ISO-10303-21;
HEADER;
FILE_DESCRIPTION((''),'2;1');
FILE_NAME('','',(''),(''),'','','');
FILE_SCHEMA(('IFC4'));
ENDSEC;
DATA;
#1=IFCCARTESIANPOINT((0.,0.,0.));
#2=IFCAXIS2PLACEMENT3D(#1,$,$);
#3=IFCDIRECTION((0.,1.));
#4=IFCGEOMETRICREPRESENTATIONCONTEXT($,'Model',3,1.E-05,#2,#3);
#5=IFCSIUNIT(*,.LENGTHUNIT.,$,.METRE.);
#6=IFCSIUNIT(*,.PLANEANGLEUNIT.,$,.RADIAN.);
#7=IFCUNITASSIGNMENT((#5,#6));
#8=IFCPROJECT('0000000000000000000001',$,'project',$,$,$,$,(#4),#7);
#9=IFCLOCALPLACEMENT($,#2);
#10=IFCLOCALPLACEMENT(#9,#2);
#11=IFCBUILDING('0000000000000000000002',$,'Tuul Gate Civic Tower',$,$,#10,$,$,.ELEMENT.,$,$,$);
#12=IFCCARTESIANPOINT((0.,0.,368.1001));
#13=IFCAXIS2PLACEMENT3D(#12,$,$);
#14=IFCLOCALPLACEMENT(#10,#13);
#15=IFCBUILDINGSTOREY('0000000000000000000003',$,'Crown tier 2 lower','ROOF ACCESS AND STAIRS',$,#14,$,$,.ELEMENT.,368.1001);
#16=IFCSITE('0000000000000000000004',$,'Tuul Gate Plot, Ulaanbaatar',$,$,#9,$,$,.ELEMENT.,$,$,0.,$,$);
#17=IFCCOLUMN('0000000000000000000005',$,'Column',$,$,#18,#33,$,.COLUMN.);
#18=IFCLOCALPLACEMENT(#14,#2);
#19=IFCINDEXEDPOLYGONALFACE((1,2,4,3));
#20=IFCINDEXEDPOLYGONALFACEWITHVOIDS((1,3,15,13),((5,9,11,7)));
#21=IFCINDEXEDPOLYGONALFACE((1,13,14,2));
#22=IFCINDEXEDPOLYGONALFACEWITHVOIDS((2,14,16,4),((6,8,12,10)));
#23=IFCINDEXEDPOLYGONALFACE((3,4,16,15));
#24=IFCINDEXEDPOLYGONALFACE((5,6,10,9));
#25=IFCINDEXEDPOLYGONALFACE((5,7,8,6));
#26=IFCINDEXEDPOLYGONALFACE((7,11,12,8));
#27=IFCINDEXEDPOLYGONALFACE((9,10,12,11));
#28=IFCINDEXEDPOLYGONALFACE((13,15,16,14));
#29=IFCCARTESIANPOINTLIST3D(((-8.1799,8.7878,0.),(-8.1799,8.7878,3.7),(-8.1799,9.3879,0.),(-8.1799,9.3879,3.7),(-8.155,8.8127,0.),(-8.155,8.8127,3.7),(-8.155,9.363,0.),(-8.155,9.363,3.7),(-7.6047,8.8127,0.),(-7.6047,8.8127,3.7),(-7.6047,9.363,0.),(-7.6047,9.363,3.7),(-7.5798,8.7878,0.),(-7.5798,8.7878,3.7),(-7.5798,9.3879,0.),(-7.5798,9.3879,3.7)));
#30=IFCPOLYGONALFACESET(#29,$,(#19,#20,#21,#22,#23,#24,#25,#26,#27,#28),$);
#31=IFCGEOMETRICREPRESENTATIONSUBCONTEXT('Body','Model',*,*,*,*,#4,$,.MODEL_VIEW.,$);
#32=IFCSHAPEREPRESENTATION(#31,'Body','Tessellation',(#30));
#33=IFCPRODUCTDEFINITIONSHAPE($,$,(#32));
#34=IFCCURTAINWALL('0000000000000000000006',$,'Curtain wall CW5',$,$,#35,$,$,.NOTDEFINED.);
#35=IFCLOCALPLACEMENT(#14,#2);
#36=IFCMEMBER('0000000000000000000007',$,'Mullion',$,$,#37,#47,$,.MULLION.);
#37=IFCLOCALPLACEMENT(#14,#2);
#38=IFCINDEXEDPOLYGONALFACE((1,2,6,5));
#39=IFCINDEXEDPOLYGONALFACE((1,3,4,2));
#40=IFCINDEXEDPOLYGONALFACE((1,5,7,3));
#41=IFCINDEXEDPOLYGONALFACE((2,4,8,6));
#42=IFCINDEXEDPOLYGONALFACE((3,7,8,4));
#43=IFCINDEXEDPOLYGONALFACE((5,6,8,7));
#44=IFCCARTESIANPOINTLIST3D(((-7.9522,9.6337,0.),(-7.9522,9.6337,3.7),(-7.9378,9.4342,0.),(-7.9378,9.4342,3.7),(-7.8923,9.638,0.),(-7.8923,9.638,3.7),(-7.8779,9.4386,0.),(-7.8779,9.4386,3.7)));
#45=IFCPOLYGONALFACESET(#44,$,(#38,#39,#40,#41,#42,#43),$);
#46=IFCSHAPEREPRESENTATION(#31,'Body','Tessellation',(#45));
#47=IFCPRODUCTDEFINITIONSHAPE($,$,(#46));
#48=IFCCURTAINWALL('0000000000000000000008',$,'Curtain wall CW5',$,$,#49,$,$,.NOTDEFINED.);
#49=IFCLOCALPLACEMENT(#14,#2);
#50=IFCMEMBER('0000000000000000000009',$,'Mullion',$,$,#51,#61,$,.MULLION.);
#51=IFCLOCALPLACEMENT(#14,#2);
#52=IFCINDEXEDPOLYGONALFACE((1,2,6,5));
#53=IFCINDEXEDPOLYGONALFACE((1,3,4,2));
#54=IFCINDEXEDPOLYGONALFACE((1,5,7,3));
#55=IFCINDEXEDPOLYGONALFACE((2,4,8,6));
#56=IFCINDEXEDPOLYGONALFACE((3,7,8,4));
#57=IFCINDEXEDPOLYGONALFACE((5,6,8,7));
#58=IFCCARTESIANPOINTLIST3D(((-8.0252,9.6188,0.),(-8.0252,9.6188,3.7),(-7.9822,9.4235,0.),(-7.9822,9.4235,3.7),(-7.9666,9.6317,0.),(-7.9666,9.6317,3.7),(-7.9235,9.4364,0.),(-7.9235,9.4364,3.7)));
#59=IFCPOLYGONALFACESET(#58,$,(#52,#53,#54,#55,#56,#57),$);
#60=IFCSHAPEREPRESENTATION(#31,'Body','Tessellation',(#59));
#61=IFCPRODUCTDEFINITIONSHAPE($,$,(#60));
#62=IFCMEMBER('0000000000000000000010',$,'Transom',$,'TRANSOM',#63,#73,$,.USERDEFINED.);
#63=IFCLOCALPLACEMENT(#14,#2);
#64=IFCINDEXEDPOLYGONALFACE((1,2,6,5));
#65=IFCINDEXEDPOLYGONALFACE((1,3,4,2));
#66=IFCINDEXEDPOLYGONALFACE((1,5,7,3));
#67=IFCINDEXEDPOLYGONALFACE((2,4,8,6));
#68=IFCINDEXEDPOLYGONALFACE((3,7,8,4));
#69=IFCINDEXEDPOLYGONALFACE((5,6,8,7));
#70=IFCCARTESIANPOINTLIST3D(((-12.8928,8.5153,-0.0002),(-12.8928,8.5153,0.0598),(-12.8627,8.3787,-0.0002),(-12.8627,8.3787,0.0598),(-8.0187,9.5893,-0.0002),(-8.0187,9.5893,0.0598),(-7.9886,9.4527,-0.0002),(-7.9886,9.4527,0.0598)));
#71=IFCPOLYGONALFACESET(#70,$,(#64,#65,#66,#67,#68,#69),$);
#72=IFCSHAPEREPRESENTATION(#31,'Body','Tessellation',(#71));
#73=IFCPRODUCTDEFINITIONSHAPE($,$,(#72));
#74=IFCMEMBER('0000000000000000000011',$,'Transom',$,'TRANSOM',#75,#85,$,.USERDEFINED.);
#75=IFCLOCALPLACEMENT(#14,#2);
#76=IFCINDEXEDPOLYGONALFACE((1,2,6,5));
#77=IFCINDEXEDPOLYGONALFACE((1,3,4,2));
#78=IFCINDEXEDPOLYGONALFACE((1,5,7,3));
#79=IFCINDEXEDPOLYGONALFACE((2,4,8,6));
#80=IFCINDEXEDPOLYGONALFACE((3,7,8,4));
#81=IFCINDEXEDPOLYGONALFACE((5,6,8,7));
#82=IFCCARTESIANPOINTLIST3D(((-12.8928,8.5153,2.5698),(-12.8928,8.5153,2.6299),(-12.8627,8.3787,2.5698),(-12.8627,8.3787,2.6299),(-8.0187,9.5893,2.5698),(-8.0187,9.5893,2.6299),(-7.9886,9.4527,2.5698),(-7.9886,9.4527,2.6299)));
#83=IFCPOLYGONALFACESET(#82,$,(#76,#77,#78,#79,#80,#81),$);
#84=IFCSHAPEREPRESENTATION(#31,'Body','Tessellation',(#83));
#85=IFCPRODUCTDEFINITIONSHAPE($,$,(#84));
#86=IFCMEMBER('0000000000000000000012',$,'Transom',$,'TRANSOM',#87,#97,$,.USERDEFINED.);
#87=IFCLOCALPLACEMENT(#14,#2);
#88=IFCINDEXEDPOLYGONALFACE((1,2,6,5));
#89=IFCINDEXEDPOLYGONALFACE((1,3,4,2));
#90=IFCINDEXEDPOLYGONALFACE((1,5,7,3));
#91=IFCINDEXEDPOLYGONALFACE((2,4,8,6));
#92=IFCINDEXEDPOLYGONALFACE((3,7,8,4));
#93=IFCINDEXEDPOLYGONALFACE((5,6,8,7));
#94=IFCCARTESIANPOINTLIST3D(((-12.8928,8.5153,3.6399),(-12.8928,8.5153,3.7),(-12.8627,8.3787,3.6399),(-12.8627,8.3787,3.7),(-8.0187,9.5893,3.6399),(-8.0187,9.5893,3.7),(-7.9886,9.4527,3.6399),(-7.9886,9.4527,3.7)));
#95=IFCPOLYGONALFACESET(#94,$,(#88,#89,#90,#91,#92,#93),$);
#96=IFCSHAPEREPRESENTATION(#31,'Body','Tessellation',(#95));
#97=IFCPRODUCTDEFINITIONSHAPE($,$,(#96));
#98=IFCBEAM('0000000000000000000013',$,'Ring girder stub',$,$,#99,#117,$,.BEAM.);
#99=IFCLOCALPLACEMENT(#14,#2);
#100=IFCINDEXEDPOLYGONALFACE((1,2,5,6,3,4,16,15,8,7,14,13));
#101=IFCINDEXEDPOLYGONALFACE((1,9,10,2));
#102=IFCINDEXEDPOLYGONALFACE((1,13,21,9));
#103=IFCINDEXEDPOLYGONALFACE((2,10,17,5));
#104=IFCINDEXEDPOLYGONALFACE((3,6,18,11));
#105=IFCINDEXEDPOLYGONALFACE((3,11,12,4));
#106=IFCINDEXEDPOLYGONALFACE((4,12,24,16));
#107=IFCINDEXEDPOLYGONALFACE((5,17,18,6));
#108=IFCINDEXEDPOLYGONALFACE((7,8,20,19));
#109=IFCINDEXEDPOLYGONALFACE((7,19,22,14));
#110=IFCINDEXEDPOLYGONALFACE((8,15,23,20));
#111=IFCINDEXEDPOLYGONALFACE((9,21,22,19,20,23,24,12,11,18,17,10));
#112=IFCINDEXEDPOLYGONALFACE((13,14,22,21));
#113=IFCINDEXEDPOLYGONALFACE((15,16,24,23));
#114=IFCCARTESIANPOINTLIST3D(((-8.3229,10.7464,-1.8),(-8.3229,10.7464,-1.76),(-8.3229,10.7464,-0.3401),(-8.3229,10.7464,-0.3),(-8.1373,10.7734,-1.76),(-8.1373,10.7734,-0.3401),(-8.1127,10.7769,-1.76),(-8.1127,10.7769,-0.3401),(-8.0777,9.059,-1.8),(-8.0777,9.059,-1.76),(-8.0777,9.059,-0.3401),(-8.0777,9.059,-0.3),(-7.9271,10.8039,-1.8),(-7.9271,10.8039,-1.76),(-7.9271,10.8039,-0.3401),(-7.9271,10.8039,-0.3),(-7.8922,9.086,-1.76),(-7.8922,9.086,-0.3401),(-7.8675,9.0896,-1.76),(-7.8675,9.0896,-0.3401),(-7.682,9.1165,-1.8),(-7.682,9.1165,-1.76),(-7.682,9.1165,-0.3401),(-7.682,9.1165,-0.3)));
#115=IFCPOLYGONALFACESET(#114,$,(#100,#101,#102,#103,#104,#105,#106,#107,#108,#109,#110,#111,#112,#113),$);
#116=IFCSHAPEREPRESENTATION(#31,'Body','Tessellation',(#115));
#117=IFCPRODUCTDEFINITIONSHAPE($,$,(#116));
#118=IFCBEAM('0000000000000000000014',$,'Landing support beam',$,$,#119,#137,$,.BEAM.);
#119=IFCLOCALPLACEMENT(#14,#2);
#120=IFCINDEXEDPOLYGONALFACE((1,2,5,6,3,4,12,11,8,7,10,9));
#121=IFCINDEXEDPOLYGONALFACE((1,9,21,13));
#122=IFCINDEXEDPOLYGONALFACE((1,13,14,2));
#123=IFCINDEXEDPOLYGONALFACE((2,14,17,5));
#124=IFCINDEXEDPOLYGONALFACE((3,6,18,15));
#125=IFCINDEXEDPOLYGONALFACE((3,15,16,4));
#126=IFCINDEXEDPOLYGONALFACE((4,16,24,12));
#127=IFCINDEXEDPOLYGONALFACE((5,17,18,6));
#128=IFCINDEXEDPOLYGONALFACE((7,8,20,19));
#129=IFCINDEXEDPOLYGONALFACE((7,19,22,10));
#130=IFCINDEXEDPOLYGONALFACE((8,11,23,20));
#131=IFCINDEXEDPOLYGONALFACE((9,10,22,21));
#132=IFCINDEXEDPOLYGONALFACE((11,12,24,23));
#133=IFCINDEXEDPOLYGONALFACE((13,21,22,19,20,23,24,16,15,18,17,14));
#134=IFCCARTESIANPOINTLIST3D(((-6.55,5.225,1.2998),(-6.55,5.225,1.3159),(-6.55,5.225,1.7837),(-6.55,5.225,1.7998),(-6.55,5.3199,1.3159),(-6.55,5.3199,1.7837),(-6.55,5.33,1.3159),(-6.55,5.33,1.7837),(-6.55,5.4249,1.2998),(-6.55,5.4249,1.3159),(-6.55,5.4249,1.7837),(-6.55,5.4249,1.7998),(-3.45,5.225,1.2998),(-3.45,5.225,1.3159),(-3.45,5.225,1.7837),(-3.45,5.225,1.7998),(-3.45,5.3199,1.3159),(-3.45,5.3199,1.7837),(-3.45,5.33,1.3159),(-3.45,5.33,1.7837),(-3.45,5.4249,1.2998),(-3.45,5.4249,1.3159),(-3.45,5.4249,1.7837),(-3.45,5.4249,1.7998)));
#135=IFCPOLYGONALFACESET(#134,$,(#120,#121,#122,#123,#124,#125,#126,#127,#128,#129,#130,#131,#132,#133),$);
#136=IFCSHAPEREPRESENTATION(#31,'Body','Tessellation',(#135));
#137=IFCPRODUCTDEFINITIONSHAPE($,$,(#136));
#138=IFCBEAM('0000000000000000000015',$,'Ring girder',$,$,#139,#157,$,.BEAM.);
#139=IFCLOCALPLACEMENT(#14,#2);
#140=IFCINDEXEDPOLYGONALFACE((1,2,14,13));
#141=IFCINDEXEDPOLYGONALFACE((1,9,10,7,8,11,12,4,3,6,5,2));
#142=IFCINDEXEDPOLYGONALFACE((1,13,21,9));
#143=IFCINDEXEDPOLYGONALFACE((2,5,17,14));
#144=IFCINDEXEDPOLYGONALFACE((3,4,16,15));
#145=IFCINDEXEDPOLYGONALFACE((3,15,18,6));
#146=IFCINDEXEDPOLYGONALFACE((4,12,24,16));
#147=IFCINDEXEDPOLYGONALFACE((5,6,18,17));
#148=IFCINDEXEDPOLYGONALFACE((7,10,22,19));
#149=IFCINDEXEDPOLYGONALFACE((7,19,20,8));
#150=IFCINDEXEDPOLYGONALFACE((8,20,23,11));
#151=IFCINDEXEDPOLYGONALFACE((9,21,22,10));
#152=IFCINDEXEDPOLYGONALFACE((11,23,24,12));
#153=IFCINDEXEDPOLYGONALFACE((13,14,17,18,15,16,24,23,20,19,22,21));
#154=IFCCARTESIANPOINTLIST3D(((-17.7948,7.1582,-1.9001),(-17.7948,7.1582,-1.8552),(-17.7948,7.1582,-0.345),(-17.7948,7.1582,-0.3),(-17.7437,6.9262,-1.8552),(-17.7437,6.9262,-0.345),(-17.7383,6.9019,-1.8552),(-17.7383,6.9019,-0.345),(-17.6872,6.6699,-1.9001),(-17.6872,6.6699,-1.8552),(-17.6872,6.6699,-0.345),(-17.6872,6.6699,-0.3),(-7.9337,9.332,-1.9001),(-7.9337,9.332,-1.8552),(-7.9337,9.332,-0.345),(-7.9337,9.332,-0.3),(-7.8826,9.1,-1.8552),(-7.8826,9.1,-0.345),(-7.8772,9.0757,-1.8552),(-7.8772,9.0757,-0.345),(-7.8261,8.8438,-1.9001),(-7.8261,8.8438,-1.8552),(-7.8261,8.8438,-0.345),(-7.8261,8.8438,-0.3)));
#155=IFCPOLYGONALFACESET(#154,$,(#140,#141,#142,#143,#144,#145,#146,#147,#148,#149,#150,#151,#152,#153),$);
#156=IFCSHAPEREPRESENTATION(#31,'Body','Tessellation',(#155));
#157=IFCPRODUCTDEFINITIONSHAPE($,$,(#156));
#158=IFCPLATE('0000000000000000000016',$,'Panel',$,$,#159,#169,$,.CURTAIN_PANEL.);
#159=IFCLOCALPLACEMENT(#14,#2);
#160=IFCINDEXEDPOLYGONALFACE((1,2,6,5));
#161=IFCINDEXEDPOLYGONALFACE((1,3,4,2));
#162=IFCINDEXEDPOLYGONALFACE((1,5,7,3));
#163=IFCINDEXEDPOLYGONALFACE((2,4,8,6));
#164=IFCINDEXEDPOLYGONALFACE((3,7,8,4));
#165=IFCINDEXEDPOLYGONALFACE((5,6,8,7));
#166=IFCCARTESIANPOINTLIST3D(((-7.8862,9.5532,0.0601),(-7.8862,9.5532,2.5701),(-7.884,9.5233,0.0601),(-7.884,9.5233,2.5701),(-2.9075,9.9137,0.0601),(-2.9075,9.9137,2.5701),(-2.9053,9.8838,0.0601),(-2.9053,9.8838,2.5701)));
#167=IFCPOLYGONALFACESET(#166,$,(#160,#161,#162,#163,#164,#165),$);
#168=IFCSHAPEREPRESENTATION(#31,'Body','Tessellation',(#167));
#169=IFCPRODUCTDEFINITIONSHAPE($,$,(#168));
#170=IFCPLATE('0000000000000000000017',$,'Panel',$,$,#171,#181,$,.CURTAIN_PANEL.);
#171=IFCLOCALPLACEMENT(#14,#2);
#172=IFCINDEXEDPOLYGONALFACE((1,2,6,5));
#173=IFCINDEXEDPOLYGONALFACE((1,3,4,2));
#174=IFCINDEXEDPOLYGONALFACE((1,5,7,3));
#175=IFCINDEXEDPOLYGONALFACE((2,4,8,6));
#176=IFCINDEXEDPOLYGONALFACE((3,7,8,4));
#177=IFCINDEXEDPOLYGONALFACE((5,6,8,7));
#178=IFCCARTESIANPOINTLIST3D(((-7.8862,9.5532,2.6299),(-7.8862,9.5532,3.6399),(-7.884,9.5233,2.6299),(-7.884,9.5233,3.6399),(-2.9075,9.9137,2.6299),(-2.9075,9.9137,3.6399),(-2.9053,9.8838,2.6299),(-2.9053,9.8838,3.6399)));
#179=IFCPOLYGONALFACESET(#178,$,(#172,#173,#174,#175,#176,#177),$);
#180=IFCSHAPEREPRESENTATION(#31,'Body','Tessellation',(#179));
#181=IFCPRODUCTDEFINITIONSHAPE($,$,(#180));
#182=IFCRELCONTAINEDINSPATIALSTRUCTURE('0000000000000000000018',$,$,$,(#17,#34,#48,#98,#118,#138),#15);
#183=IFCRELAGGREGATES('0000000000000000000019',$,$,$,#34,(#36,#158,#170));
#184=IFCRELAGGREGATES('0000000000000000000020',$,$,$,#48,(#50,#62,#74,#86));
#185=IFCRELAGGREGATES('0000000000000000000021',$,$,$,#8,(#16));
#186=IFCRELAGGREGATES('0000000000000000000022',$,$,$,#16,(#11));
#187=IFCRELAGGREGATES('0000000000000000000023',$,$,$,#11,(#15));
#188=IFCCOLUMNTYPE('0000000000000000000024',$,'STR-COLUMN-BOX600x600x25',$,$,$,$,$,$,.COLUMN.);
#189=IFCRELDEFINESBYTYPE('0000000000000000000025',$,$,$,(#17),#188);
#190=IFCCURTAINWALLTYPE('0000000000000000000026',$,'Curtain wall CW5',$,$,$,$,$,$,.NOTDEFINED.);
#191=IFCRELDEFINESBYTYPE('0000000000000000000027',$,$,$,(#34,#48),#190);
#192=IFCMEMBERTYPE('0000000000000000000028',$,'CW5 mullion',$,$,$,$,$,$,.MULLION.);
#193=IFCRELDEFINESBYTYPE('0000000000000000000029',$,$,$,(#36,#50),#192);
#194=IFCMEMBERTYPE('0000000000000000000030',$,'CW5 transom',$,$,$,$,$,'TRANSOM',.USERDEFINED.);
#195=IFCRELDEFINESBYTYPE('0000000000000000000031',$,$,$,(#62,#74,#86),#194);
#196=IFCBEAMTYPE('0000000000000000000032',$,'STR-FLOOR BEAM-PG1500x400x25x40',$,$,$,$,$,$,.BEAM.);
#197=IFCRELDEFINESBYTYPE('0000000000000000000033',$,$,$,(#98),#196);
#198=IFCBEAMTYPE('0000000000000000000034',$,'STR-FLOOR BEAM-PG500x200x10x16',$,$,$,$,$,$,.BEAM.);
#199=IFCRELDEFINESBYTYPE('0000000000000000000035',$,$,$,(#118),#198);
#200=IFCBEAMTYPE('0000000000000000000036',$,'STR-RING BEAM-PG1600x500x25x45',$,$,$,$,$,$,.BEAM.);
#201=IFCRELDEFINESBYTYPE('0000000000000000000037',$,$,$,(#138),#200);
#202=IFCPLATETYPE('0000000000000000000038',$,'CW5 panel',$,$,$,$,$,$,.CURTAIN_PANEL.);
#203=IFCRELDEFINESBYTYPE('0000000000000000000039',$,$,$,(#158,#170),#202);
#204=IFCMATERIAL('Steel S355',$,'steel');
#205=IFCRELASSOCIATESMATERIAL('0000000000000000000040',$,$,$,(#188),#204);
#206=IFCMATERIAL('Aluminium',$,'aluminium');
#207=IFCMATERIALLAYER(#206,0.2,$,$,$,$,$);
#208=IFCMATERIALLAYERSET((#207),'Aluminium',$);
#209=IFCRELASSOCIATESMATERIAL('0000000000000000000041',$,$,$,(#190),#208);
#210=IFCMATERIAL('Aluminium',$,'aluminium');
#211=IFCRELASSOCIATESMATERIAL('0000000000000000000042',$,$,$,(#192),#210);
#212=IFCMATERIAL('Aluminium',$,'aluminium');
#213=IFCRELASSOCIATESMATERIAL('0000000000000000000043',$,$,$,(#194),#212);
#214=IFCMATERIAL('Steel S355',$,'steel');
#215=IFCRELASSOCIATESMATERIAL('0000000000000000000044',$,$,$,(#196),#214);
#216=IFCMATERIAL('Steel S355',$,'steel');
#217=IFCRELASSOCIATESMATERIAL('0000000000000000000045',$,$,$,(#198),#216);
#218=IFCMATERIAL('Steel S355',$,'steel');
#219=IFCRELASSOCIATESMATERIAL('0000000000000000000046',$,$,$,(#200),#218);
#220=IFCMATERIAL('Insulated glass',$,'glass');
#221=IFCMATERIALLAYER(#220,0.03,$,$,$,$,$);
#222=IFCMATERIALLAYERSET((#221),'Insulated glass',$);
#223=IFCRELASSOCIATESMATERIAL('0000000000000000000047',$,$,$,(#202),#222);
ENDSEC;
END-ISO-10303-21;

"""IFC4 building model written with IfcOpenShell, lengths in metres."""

from ifc_helpers import new_model, si_unit, direction, frame, origin, origin_2d, place, context, subcontext, project, spatial, rectangle, hollow_rectangle, i_section, extrude, material, layer, layer_set, material_profile, profile_set, type_object, element, aggregate, save


model = new_model("IFC4")

# Units and contexts
model_context = context("Model", 3, precision=1e-05, world=origin(), true_north=direction((0.0, 1.0)))
body_context = subcontext(model_context, "Body", "Model", "MODEL_VIEW")
ifc_project = project(units=[si_unit("LENGTHUNIT", "METRE"), si_unit("PLANEANGLEUNIT", "RADIAN")], contexts=[model_context])

# Site, building, storey
site_placement = place(None, origin())
site = spatial("IfcSite", under=ifc_project, at=site_placement, Name="Tuul Gate Plot, Ulaanbaatar", CompositionType="ELEMENT", RefElevation=0.0)
building_placement = place(site_placement, origin())
building = spatial("IfcBuilding", under=site, at=building_placement, Name="Tuul Gate Civic Tower", CompositionType="ELEMENT")
storey_placement = place(building_placement, frame((0.0, 0.0, 368.1001)))
storey = spatial("IfcBuildingStorey", under=building, at=storey_placement, Name="Crown tier 2 lower", Description="ROOF ACCESS AND STAIRS", CompositionType="ELEMENT", Elevation=368.1001)

# Column
ifc_material_1 = material(Name="Steel S355", Category="steel")
ifc_material_profile_1 = material_profile(ifc_material_1, hollow_rectangle(XDim=0.6001, YDim=0.6001, WallThickness=0.0249, at=origin_2d()), Name="BOX600x600x25")
ifc_profile_set_1 = profile_set([ifc_material_profile_1], Name="Steel S355")
column_type = type_object("IfcColumnType", Name="STR-COLUMN-BOX600x600x25", PredefinedType="COLUMN", material=ifc_profile_set_1)
column_placement = place(storey_placement, frame((-7.8799, 9.0879, 0.0), z_axis=(0.0, 0.0, 1.0), x_axis=(1.0, 0.0, 0.0)))
element("IfcColumn", 1, at=column_placement, inside=storey, type_object=column_type, Name="Column", PredefinedType="COLUMN", context=body_context, shape_type="SweptSolid", body=[
    extrude(hollow_rectangle(XDim=0.6001, YDim=0.6001, WallThickness=0.0249, at=origin_2d()), origin(), (0.0, 0.0, 1.0), 3.7),
])

# Curtain wall, member
ifc_material_2 = material(Name="Aluminium", Category="aluminium")
ifc_layer_1 = layer(ifc_material_2, 0.2)
ifc_layer_set_1 = layer_set([ifc_layer_1], Name="Aluminium")
curtain_wall_type = type_object("IfcCurtainWallType", Name="Curtain wall CW5", PredefinedType="NOTDEFINED", material=ifc_layer_set_1)
curtain_wall_1_placement = place(storey_placement, origin())
curtain_wall_1 = element("IfcCurtainWall", 2, at=curtain_wall_1_placement, inside=storey, type_object=curtain_wall_type, Name="Curtain wall CW5", PredefinedType="NOTDEFINED")
ifc_material_3 = material(Name="Aluminium", Category="aluminium")
ifc_material_profile_2 = material_profile(ifc_material_3, rectangle(XDim=0.2, YDim=0.0601, at=origin_2d()), Name="CW5 mullion")
ifc_profile_set_2 = profile_set([ifc_material_profile_2], Name="Aluminium")
member_type_1 = type_object("IfcMemberType", Name="CW5 mullion", PredefinedType="MULLION", material=ifc_profile_set_2)
member_1_placement = place(storey_placement, frame((-7.915, 9.5361, 0.0), z_axis=(0.0, 0.0, 1.0), x_axis=(0.072219, -0.997389, 0.0)))
member_1 = element("IfcMember", 3, at=member_1_placement, type_object=member_type_1, Name="Mullion", PredefinedType="MULLION", context=body_context, shape_type="SweptSolid", body=[
    extrude(rectangle(XDim=0.2, YDim=0.0601, at=origin_2d()), origin(), (0.0, 0.0, 1.0), 3.7),
])

# Curtain wall, members
curtain_wall_2_placement = place(storey_placement, origin())
curtain_wall_2 = element("IfcCurtainWall", 4, at=curtain_wall_2_placement, inside=storey, type_object=curtain_wall_type, Name="Curtain wall CW5", PredefinedType="NOTDEFINED")
member_2_placement = place(storey_placement, frame((-7.9744, 9.5276, 0.0), z_axis=(0.0, 0.0, 1.0), x_axis=(0.215211, -0.976568, 0.0)))
member_2 = element("IfcMember", 5, at=member_2_placement, type_object=member_type_1, Name="Mullion", PredefinedType="MULLION", context=body_context, shape_type="SweptSolid", body=[
    extrude(rectangle(XDim=0.2, YDim=0.0601, at=origin_2d()), origin(), (0.0, 0.0, 1.0), 3.7),
])
ifc_material_4 = material(Name="Aluminium", Category="aluminium")
ifc_material_profile_3 = material_profile(ifc_material_4, rectangle(XDim=0.1399, YDim=0.0601, at=origin_2d()), Name="CW5 transom")
ifc_profile_set_3 = profile_set([ifc_material_profile_3], Name="Aluminium")
member_type_2 = type_object("IfcMemberType", Name="CW5 transom", ElementType="TRANSOM", PredefinedType="USERDEFINED", material=ifc_profile_set_3)
member_3_placement = place(storey_placement, frame((-8.0037, 9.521, 0.0298), z_axis=(-0.976573, -0.215185, 0.0), x_axis=(0.215185, -0.976573, 0.0)))
member_3 = element("IfcMember", 6, at=member_3_placement, type_object=member_type_2, Name="Transom", ObjectType="TRANSOM", PredefinedType="USERDEFINED", context=body_context, shape_type="SweptSolid", body=[
    extrude(rectangle(XDim=0.1399, YDim=0.0601, at=origin_2d()), origin(), (0.0, 0.0, 1.0), 4.991),
])
member_4_placement = place(storey_placement, frame((-8.0037, 9.521, 2.5999), z_axis=(-0.976573, -0.215185, 0.0), x_axis=(0.215185, -0.976573, 0.0)))
member_4 = element("IfcMember", 7, at=member_4_placement, type_object=member_type_2, Name="Transom", ObjectType="TRANSOM", PredefinedType="USERDEFINED", context=body_context, shape_type="SweptSolid", body=[
    extrude(rectangle(XDim=0.1399, YDim=0.0601, at=origin_2d()), origin(), (0.0, 0.0, 1.0), 4.991),
])
member_5_placement = place(storey_placement, frame((-8.0037, 9.521, 3.6699), z_axis=(-0.976573, -0.215185, 0.0), x_axis=(0.215185, -0.976573, 0.0)))
member_5 = element("IfcMember", 8, at=member_5_placement, type_object=member_type_2, Name="Transom", ObjectType="TRANSOM", PredefinedType="USERDEFINED", context=body_context, shape_type="SweptSolid", body=[
    extrude(rectangle(XDim=0.1399, YDim=0.0601, at=origin_2d()), origin(), (0.0, 0.0, 1.0), 4.991),
])

# Beams
ifc_material_5 = material(Name="Steel S355", Category="steel")
ifc_material_profile_4 = material_profile(ifc_material_5, i_section(OverallWidth=0.3999, OverallDepth=1.5, WebThickness=0.0249, FlangeThickness=0.04, at=origin_2d()), Name="PG1500x400x25x40")
ifc_profile_set_4 = profile_set([ifc_material_profile_4], Name="Steel S355")
beam_type_1 = type_object("IfcBeamType", Name="STR-FLOOR BEAM-PG1500x400x25x40", PredefinedType="BEAM", material=ifc_profile_set_4)
beam_1_placement = place(storey_placement, frame((-8.125, 10.7751, -1.05), z_axis=(0.143766, -0.989612, 0.0), x_axis=(0.989612, 0.143766, 0.0)))
element("IfcBeam", 9, at=beam_1_placement, inside=storey, type_object=beam_type_1, Name="Ring girder stub", PredefinedType="BEAM", context=body_context, shape_type="SweptSolid", body=[
    extrude(i_section(OverallWidth=0.3999, OverallDepth=1.5, WebThickness=0.0249, FlangeThickness=0.04, at=origin_2d()), origin(), (0.0, 0.0, 1.0), 1.7051),
])
ifc_material_6 = material(Name="Steel S355", Category="steel")
ifc_material_profile_5 = material_profile(ifc_material_6, i_section(OverallWidth=0.2, OverallDepth=0.5, WebThickness=0.01, FlangeThickness=0.0161, at=origin_2d()), Name="PG500x200x10x16")
ifc_profile_set_5 = profile_set([ifc_material_profile_5], Name="Steel S355")
beam_type_2 = type_object("IfcBeamType", Name="STR-FLOOR BEAM-PG500x200x10x16", PredefinedType="BEAM", material=ifc_profile_set_5)
beam_2_placement = place(storey_placement, frame((-6.55, 5.325, 1.5498), z_axis=(1.0, 0.0, 0.0), x_axis=(0.0, 1.0, 0.0)))
element("IfcBeam", 10, at=beam_2_placement, inside=storey, type_object=beam_type_2, Name="Landing support beam", PredefinedType="BEAM", context=body_context, shape_type="SweptSolid", body=[
    extrude(i_section(OverallWidth=0.2, OverallDepth=0.5, WebThickness=0.01, FlangeThickness=0.0161, at=origin_2d()), origin(), (0.0, 0.0, 1.0), 3.1001),
])
ifc_material_7 = material(Name="Steel S355", Category="steel")
ifc_material_profile_6 = material_profile(ifc_material_7, i_section(OverallWidth=0.5, OverallDepth=1.6001, WebThickness=0.0249, FlangeThickness=0.0449, at=origin_2d()), Name="PG1600x500x25x45")
ifc_profile_set_6 = profile_set([ifc_material_profile_6], Name="Steel S355")
beam_type_3 = type_object("IfcBeamType", Name="STR-RING BEAM-PG1600x500x25x45", PredefinedType="BEAM", material=ifc_profile_set_6)
beam_3_placement = place(storey_placement, frame((-7.8799, 9.0879, -1.1001), z_axis=(-0.976553, -0.215276, 0.0), x_axis=(0.215276, -0.976553, 0.0)))
element("IfcBeam", 11, at=beam_3_placement, inside=storey, type_object=beam_type_3, Name="Ring girder", PredefinedType="BEAM", context=body_context, shape_type="SweptSolid", body=[
    extrude(i_section(OverallWidth=0.5, OverallDepth=1.6001, WebThickness=0.0249, FlangeThickness=0.0449, at=origin_2d()), origin(), (0.0, 0.0, 1.0), 10.0979),
])

# Plates
ifc_material_8 = material(Name="Insulated glass", Category="glass")
ifc_layer_2 = layer(ifc_material_8, 0.03)
ifc_layer_set_2 = layer_set([ifc_layer_2], Name="Insulated glass")
plate_type = type_object("IfcPlateType", Name="CW5 panel", PredefinedType="CURTAIN_PANEL", material=ifc_layer_set_2)
plate_1_placement = place(storey_placement, frame((-5.3958, 9.7185, 0.0601), z_axis=(0.0, 0.0, 1.0), x_axis=(-0.997389, -0.072219, 0.0)))
plate_1 = element("IfcPlate", 12, at=plate_1_placement, type_object=plate_type, Name="Panel", PredefinedType="CURTAIN_PANEL", context=body_context, shape_type="SweptSolid", body=[
    extrude(rectangle(XDim=4.9917, YDim=0.03, at=origin_2d()), origin(), (0.0, 0.0, 1.0), 2.51),
])
plate_2_placement = place(storey_placement, frame((-5.3958, 9.7185, 2.6299), z_axis=(0.0, 0.0, 1.0), x_axis=(-0.997389, -0.072219, 0.0)))
plate_2 = element("IfcPlate", 13, at=plate_2_placement, type_object=plate_type, Name="Panel", PredefinedType="CURTAIN_PANEL", context=body_context, shape_type="SweptSolid", body=[
    extrude(rectangle(XDim=4.9917, YDim=0.03, at=origin_2d()), origin(), (0.0, 0.0, 1.0), 1.01),
])
aggregate(curtain_wall_1, [member_1, plate_1, plate_2])
aggregate(curtain_wall_2, [member_2, member_3, member_4, member_5])

save(model, "model.ifc")
